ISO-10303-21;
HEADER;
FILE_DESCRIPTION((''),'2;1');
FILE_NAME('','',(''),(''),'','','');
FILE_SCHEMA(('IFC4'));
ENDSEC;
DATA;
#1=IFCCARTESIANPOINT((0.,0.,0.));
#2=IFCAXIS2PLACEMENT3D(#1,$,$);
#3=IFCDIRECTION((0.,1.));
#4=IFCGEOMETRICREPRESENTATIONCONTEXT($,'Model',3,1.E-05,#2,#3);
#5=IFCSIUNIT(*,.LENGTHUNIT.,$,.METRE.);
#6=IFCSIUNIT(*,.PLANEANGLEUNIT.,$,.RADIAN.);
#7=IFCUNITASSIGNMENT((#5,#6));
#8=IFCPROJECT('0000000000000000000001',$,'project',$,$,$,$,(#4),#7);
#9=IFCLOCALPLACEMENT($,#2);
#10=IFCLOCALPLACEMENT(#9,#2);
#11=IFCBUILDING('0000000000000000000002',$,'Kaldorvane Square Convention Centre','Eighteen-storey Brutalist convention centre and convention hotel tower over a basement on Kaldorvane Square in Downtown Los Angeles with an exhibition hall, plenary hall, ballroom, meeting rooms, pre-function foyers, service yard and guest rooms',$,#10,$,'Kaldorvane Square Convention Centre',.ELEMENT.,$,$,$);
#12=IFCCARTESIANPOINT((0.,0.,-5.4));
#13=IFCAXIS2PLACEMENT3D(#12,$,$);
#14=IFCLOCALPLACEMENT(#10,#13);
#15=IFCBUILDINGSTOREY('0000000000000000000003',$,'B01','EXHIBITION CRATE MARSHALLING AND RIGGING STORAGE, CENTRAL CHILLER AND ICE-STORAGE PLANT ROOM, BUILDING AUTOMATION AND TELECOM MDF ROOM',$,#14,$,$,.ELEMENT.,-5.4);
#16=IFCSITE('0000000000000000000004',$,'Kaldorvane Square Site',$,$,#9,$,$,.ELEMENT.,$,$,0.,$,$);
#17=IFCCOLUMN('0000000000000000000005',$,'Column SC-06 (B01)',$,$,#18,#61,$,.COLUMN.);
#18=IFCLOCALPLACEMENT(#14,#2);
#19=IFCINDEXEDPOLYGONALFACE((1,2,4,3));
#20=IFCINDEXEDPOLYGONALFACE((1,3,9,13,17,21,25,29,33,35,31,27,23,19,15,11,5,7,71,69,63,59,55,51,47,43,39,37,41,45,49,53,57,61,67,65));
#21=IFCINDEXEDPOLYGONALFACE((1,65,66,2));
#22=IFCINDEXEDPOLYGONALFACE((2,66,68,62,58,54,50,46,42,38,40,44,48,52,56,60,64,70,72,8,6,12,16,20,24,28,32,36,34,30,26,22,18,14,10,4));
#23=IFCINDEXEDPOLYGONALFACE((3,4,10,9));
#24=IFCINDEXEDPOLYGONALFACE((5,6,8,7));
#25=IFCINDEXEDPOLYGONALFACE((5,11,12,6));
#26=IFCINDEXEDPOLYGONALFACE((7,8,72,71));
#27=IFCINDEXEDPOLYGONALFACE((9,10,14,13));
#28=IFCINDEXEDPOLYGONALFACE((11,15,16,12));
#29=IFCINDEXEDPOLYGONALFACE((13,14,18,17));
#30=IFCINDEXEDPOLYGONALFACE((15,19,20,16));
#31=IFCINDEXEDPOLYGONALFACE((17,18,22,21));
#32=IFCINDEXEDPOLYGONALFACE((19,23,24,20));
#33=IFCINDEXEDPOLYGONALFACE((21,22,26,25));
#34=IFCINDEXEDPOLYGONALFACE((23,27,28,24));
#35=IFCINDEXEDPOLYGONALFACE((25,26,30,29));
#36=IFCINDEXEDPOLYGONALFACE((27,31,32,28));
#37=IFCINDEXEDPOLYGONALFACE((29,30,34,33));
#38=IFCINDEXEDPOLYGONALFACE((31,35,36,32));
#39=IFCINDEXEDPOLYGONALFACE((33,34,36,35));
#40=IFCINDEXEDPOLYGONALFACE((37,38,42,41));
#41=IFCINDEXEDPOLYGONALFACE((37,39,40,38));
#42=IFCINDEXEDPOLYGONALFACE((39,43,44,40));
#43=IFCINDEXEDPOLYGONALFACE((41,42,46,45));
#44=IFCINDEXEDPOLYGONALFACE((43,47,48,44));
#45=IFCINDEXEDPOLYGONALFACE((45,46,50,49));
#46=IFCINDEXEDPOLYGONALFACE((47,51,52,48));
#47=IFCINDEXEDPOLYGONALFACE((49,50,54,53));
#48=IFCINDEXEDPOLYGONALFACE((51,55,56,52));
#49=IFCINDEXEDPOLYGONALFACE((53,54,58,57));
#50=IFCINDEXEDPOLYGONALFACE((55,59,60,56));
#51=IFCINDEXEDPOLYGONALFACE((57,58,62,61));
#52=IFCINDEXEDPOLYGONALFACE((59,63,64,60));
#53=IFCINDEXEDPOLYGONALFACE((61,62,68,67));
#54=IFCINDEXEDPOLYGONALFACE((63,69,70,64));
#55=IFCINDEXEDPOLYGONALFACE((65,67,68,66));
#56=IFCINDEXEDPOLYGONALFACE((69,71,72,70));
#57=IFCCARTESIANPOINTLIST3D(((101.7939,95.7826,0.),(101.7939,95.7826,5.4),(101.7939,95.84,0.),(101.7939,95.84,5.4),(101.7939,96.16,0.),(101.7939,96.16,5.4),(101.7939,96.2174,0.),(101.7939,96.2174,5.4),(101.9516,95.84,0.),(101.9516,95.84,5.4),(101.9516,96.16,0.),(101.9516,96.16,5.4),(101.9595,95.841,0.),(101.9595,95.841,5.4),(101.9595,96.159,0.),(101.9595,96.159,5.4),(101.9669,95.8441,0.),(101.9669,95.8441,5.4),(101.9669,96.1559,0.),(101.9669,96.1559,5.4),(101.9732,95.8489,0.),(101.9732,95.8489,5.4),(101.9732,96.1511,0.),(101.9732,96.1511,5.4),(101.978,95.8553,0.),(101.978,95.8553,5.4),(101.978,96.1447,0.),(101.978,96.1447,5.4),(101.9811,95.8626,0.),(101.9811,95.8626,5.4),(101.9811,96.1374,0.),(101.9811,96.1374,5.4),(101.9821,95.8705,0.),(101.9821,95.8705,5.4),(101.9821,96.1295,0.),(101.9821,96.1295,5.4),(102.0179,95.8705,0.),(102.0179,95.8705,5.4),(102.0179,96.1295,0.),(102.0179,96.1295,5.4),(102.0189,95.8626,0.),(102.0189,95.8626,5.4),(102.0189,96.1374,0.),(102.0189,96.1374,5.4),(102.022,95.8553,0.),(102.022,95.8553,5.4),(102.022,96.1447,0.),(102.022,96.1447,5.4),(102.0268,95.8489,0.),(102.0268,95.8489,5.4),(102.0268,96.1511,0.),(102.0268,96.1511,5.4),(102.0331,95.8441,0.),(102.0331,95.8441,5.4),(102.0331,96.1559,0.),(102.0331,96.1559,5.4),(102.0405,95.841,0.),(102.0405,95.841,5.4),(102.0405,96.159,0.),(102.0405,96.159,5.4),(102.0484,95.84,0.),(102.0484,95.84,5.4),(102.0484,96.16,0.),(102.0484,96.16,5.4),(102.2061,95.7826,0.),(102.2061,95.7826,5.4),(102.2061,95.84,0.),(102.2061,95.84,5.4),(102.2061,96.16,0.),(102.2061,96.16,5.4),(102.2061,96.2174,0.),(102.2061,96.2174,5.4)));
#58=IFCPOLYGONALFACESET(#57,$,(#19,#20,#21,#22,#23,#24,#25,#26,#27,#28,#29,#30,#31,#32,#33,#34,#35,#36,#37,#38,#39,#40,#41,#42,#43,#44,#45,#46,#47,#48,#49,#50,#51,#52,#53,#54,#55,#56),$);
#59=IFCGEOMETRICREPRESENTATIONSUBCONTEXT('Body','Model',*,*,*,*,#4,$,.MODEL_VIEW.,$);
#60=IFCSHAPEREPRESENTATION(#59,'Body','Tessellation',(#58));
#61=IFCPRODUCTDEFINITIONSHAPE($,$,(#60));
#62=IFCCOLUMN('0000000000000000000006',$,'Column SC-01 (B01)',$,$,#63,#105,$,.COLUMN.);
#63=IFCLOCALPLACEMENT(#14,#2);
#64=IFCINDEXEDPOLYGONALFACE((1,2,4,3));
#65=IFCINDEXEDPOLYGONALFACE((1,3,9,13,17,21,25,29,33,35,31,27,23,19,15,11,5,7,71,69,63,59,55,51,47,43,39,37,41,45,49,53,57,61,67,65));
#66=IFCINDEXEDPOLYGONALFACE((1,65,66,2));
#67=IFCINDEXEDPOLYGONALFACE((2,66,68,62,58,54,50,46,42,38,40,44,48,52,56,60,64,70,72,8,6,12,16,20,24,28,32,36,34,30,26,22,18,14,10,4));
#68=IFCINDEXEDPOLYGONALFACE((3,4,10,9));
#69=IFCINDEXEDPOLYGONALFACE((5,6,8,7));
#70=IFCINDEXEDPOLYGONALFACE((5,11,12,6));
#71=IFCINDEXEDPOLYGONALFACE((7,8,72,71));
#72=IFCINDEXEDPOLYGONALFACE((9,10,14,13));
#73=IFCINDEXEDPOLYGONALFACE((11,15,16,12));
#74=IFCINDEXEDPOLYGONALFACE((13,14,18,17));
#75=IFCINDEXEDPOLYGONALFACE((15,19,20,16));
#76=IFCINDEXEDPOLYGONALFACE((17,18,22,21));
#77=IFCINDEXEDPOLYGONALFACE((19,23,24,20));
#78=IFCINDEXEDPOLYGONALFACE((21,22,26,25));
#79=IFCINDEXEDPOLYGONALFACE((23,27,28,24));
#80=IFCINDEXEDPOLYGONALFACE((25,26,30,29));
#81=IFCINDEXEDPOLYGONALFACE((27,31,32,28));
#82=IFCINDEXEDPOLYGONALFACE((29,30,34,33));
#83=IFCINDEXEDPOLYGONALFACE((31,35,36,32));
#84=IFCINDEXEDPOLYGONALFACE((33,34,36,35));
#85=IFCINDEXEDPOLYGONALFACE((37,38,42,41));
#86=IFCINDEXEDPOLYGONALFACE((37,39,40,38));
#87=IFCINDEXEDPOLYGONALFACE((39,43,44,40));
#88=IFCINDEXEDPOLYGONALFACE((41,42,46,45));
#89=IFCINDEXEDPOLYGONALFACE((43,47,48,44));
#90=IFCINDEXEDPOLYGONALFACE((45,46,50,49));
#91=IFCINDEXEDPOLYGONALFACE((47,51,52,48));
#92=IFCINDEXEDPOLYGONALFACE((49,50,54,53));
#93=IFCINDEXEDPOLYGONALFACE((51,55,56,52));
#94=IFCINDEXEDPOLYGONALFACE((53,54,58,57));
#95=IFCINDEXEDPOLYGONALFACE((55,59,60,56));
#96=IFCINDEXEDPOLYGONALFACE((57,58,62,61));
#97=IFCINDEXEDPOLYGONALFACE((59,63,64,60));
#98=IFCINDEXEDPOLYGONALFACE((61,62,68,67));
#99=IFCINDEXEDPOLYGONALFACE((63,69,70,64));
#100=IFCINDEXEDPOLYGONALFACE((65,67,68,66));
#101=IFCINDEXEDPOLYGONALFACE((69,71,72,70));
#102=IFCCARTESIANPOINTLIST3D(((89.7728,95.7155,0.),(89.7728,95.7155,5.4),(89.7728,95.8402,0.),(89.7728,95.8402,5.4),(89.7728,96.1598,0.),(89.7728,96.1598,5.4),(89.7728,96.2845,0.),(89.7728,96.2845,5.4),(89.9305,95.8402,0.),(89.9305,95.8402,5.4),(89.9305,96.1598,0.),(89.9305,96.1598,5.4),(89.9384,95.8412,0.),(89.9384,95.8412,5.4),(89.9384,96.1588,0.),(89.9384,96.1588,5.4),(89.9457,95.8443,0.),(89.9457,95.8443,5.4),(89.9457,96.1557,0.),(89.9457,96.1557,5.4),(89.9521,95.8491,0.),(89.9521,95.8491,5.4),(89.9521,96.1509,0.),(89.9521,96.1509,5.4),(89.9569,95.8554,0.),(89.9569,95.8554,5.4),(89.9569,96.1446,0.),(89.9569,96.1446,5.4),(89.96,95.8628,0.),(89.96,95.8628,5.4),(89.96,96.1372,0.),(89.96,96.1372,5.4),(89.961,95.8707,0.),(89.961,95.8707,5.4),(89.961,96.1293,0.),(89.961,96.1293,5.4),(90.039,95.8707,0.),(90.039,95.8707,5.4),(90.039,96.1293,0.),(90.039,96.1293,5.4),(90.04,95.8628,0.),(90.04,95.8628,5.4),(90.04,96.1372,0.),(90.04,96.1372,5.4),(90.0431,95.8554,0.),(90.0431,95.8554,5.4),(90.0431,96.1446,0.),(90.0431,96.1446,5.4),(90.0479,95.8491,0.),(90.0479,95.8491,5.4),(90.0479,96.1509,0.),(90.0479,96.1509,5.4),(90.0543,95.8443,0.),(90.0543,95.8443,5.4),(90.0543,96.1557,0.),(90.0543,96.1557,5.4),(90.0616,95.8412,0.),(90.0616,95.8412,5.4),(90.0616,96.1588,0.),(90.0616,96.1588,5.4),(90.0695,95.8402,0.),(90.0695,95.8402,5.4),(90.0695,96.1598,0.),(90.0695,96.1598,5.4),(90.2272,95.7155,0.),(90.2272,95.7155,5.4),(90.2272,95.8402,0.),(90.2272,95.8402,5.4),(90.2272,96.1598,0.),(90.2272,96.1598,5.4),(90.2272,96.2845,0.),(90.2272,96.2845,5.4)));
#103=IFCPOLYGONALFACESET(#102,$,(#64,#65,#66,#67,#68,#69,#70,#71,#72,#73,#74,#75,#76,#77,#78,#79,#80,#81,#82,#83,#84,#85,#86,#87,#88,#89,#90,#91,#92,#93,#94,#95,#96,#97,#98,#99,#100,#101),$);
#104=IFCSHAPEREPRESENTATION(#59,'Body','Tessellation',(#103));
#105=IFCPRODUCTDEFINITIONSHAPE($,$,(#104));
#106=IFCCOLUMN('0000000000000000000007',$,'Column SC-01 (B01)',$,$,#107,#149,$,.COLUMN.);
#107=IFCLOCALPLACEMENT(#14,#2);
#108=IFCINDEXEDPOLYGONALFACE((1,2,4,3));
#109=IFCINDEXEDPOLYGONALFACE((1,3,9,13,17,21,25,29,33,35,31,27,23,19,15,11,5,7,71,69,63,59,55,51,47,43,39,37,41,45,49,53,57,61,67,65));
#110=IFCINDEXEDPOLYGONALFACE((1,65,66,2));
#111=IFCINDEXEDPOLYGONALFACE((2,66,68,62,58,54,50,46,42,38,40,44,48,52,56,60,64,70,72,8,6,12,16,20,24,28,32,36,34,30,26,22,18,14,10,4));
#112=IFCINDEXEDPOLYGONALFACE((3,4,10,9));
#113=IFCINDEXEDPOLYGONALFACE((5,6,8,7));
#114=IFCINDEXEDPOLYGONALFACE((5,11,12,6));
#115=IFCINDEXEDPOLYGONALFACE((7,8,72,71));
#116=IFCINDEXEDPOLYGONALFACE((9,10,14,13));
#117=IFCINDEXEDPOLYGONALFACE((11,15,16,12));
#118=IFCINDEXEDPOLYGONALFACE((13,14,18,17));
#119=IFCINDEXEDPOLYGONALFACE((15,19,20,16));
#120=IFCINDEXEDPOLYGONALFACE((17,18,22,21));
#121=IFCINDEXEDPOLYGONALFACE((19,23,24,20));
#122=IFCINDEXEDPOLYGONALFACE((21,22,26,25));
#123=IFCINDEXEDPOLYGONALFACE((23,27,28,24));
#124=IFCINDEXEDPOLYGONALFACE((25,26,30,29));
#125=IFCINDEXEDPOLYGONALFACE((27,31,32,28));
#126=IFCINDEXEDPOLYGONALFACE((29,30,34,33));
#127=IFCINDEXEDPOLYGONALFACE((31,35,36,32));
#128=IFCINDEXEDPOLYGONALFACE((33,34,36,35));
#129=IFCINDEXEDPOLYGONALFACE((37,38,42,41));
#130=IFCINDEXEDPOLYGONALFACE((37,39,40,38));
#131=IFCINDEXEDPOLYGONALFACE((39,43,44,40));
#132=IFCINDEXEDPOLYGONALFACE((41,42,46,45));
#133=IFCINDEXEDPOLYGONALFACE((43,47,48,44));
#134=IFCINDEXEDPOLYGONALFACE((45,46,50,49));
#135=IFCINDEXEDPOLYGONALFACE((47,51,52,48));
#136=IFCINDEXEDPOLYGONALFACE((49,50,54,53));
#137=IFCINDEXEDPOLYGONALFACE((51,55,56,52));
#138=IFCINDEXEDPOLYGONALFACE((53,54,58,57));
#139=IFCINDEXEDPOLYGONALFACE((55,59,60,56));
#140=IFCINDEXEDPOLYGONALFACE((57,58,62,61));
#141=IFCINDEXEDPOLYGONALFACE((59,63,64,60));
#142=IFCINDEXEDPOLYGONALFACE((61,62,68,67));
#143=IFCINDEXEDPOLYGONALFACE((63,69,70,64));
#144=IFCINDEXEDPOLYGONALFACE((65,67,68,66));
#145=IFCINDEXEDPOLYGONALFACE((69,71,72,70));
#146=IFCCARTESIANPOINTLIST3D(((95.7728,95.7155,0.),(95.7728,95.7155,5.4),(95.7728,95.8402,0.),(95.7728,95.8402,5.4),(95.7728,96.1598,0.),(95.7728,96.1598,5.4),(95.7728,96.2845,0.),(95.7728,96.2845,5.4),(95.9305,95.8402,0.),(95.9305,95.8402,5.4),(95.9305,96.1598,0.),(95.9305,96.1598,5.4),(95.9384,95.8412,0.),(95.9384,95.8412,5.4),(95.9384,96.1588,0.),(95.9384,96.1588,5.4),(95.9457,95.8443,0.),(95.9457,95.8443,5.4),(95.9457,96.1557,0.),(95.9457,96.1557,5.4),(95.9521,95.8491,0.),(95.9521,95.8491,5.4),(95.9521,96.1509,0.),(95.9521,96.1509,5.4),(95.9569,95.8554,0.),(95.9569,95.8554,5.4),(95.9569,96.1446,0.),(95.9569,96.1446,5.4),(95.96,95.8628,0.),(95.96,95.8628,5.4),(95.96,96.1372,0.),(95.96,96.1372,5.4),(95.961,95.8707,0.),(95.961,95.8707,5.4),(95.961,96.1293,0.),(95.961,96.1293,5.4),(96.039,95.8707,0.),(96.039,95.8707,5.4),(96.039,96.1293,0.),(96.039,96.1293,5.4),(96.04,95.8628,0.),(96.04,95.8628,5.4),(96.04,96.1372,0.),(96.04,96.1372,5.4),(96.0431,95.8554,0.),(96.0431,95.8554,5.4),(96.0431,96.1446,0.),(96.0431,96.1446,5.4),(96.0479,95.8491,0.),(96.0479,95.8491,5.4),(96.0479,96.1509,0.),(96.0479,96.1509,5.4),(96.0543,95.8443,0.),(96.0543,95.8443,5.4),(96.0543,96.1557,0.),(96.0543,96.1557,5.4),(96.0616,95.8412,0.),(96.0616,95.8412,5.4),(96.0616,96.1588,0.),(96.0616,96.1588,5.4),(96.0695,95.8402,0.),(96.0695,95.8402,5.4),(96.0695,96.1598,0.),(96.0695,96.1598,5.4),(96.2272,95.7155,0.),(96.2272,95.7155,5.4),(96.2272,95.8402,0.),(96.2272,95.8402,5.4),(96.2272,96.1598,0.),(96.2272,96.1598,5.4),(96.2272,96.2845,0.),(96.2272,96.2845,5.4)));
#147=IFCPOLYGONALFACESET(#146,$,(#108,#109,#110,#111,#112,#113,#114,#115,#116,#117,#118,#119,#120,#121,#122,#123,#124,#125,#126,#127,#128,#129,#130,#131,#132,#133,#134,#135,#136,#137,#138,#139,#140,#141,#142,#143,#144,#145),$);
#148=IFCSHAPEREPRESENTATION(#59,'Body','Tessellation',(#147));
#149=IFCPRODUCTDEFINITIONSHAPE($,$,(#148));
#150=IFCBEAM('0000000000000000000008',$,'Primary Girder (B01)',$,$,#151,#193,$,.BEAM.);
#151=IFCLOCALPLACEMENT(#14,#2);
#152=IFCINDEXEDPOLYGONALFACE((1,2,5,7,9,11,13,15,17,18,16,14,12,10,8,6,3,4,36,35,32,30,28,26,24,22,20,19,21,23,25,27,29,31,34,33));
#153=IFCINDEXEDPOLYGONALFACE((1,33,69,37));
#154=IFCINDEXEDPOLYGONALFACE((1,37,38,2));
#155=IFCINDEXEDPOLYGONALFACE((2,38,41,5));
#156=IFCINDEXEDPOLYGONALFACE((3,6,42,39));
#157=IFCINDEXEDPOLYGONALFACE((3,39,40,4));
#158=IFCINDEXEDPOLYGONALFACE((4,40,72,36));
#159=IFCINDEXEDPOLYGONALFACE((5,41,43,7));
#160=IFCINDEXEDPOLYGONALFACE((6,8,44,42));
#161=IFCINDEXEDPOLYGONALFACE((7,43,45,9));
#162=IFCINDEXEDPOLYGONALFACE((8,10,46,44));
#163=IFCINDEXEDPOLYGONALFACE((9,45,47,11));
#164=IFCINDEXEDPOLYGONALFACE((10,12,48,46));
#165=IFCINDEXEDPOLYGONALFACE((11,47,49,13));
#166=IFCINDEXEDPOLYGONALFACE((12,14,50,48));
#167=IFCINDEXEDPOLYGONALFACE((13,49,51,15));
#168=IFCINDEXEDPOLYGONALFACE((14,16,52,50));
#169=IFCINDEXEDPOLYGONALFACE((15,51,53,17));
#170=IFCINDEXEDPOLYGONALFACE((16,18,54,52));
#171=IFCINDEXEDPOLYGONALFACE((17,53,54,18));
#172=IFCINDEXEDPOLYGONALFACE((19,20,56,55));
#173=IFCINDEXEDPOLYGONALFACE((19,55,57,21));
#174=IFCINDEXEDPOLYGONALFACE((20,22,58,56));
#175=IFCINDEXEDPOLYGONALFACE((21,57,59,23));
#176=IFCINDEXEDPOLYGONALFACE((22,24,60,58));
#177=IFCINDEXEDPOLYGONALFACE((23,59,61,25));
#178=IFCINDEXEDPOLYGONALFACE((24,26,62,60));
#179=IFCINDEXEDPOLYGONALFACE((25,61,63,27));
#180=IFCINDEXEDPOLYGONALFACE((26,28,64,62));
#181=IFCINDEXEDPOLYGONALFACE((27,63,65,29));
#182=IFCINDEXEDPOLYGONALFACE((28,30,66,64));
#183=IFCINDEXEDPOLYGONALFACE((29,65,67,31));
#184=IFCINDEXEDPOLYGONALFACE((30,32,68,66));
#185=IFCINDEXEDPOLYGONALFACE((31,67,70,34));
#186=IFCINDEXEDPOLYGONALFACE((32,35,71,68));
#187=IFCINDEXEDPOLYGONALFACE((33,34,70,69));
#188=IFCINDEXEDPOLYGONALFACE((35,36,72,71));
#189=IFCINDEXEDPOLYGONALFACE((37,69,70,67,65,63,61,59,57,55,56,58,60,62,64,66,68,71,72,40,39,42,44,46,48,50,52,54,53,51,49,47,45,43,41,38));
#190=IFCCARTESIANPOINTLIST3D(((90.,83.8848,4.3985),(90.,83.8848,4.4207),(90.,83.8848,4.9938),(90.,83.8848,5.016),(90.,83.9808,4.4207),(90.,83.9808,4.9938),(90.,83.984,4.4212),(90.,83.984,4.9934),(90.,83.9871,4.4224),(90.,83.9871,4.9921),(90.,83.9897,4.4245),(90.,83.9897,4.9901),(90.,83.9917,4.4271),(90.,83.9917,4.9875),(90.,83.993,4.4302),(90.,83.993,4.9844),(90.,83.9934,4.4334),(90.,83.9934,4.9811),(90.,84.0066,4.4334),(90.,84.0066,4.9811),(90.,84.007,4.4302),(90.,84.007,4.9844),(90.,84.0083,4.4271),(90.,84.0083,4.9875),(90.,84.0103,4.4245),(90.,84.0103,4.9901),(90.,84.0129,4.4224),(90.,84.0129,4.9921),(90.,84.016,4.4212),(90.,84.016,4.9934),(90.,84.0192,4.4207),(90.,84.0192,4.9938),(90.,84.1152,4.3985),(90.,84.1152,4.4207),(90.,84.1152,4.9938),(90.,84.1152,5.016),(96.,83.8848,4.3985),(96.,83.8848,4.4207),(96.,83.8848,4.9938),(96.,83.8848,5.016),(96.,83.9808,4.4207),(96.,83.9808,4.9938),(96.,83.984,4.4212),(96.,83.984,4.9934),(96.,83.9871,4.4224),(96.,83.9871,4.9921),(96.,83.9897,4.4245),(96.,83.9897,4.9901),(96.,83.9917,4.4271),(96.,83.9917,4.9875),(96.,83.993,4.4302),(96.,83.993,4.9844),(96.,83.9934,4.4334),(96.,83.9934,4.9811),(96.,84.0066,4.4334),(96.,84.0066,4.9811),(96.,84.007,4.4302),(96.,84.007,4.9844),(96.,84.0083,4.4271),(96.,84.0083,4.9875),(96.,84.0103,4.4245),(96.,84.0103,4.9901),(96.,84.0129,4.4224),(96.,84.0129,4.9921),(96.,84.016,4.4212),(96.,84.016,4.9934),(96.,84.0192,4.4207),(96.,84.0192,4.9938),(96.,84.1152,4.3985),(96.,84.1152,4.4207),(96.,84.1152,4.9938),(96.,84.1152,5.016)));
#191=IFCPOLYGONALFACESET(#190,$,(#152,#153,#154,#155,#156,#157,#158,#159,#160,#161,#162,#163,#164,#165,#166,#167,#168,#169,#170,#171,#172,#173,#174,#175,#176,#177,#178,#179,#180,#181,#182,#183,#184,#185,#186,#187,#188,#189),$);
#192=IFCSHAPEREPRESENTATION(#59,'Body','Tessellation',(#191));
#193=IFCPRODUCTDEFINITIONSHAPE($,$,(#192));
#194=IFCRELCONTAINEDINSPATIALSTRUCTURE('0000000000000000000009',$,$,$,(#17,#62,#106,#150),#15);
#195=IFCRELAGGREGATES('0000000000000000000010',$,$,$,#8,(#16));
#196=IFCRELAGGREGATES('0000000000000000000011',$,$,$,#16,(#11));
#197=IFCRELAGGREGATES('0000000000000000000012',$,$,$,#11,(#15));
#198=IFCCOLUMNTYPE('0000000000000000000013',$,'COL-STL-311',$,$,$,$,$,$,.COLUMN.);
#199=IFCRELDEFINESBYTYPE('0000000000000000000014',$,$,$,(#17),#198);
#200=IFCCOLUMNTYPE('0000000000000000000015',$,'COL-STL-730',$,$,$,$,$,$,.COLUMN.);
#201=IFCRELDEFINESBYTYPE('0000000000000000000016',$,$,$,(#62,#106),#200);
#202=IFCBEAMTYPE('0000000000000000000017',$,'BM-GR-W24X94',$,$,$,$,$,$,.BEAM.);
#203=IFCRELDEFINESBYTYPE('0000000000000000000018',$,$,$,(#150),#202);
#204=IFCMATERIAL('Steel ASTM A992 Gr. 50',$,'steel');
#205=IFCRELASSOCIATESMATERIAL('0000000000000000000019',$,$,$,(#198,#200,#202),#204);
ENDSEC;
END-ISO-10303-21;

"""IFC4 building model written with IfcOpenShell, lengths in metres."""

from ifc_helpers import new_model, si_unit, direction, frame, origin, origin_2d, place, context, subcontext, project, spatial, i_section, extrude, material, material_profile, profile_set, type_object, element, save


model = new_model("IFC4")

# Units and contexts
model_context = context("Model", 3, precision=1e-05, world=origin(), true_north=direction((0.0, 1.0)))
body_context = subcontext(model_context, "Body", "Model", "MODEL_VIEW")
ifc_project = project(units=[si_unit("LENGTHUNIT", "METRE"), si_unit("PLANEANGLEUNIT", "RADIAN")], contexts=[model_context])

# Site, building, storey
site_placement = place(None, origin())
site = spatial("IfcSite", under=ifc_project, at=site_placement, Name="Kaldorvane Square Site", CompositionType="ELEMENT", RefElevation=0.0)
building_placement = place(site_placement, origin())
building = spatial("IfcBuilding", under=site, at=building_placement, Name="Kaldorvane Square Convention Centre", Description="Eighteen-storey Brutalist convention centre and convention hotel tower over a basement on Kaldorvane Square in Downtown Los Angeles with an exhibition hall, plenary hall, ballroom, meeting rooms, pre-function foyers, service yard and guest rooms", LongName="Kaldorvane Square Convention Centre", CompositionType="ELEMENT")
storey_placement = place(building_placement, frame((0.0, 0.0, -5.4)))
storey = spatial("IfcBuildingStorey", under=building, at=storey_placement, Name="B01", Description="EXHIBITION CRATE MARSHALLING AND RIGGING STORAGE, CENTRAL CHILLER AND ICE-STORAGE PLANT ROOM, BUILDING AUTOMATION AND TELECOM MDF ROOM", CompositionType="ELEMENT", Elevation=-5.4)

# Columns
ifc_material_1 = material(Name="Steel ASTM A992 Gr. 50", Category="steel")
ifc_material_profile_1 = material_profile(ifc_material_1, i_section(OverallWidth=0.4122, OverallDepth=0.4348, WebThickness=0.0358, FlangeThickness=0.0574, FilletRadius=0.0305, at=origin_2d()), Name="W14X311")
ifc_profile_set_1 = profile_set([ifc_material_profile_1], Name="Steel ASTM A992 Gr. 50")
column_type_1 = type_object("IfcColumnType", Name="COL-STL-311", PredefinedType="COLUMN", material=ifc_profile_set_1)
for number, where, z_axis, x_axis, name in (
    (1, (102.0, 96.0, 0.0), (0.0, 0.0, 1.0), (1.0, 0.0, 0.0), "Column SC-06 (B01)"),
):
    element("IfcColumn", number, at=place(storey_placement, frame(where, z_axis=z_axis, x_axis=x_axis)), inside=storey, type_object=column_type_1, Name=name, PredefinedType="COLUMN", context=body_context, shape_type="SweptSolid", body=[
        extrude(i_section(OverallWidth=0.4122, OverallDepth=0.4348, WebThickness=0.0358, FlangeThickness=0.0574, FilletRadius=0.0305, at=origin_2d()), origin(), (0.0, 0.0, 1.0), 5.4),
    ])
ifc_material_profile_2 = material_profile(ifc_material_1, i_section(OverallWidth=0.4544, OverallDepth=0.569, WebThickness=0.078, FlangeThickness=0.1247, FilletRadius=0.0305, at=origin_2d()), Name="W14X730")
ifc_profile_set_2 = profile_set([ifc_material_profile_2], Name="Steel ASTM A992 Gr. 50")
column_type_2 = type_object("IfcColumnType", Name="COL-STL-730", PredefinedType="COLUMN", material=ifc_profile_set_2)
for number, where, z_axis, x_axis, name in (
    (2, (90.0, 96.0, 0.0), (0.0, 0.0, 1.0), (1.0, 0.0, 0.0), "Column SC-01 (B01)"),
    (3, (96.0, 96.0, 0.0), (0.0, 0.0, 1.0), (1.0, 0.0, 0.0), "Column SC-01 (B01)"),
):
    element("IfcColumn", number, at=place(storey_placement, frame(where, z_axis=z_axis, x_axis=x_axis)), inside=storey, type_object=column_type_2, Name=name, PredefinedType="COLUMN", context=body_context, shape_type="SweptSolid", body=[
        extrude(i_section(OverallWidth=0.4544, OverallDepth=0.569, WebThickness=0.078, FlangeThickness=0.1247, FilletRadius=0.0305, at=origin_2d()), origin(), (0.0, 0.0, 1.0), 5.4),
    ])

# Beam
ifc_material_profile_3 = material_profile(ifc_material_1, i_section(OverallWidth=0.2303, OverallDepth=0.6175, WebThickness=0.0131, FlangeThickness=0.0222, FilletRadius=0.0127, at=origin_2d()), Name="W24X94")
ifc_profile_set_3 = profile_set([ifc_material_profile_3], Name="Steel ASTM A992 Gr. 50")
beam_type_1 = type_object("IfcBeamType", Name="BM-GR-W24X94", PredefinedType="BEAM", material=ifc_profile_set_3)
for number, where, z_axis, x_axis, name in (
    (4, (90.0, 84.0, 4.7073), (1.0, 0.0, 0.0), (0.0, 1.0, 0.0), "Primary Girder (B01)"),
):
    element("IfcBeam", number, at=place(storey_placement, frame(where, z_axis=z_axis, x_axis=x_axis)), inside=storey, type_object=beam_type_1, Name=name, PredefinedType="BEAM", context=body_context, shape_type="SweptSolid", body=[
        extrude(i_section(OverallWidth=0.2303, OverallDepth=0.6175, WebThickness=0.0131, FlangeThickness=0.0222, FilletRadius=0.0127, at=origin_2d()), origin(), (0.0, 0.0, 1.0), 6.0),
    ])

save(model, "model.ifc")
